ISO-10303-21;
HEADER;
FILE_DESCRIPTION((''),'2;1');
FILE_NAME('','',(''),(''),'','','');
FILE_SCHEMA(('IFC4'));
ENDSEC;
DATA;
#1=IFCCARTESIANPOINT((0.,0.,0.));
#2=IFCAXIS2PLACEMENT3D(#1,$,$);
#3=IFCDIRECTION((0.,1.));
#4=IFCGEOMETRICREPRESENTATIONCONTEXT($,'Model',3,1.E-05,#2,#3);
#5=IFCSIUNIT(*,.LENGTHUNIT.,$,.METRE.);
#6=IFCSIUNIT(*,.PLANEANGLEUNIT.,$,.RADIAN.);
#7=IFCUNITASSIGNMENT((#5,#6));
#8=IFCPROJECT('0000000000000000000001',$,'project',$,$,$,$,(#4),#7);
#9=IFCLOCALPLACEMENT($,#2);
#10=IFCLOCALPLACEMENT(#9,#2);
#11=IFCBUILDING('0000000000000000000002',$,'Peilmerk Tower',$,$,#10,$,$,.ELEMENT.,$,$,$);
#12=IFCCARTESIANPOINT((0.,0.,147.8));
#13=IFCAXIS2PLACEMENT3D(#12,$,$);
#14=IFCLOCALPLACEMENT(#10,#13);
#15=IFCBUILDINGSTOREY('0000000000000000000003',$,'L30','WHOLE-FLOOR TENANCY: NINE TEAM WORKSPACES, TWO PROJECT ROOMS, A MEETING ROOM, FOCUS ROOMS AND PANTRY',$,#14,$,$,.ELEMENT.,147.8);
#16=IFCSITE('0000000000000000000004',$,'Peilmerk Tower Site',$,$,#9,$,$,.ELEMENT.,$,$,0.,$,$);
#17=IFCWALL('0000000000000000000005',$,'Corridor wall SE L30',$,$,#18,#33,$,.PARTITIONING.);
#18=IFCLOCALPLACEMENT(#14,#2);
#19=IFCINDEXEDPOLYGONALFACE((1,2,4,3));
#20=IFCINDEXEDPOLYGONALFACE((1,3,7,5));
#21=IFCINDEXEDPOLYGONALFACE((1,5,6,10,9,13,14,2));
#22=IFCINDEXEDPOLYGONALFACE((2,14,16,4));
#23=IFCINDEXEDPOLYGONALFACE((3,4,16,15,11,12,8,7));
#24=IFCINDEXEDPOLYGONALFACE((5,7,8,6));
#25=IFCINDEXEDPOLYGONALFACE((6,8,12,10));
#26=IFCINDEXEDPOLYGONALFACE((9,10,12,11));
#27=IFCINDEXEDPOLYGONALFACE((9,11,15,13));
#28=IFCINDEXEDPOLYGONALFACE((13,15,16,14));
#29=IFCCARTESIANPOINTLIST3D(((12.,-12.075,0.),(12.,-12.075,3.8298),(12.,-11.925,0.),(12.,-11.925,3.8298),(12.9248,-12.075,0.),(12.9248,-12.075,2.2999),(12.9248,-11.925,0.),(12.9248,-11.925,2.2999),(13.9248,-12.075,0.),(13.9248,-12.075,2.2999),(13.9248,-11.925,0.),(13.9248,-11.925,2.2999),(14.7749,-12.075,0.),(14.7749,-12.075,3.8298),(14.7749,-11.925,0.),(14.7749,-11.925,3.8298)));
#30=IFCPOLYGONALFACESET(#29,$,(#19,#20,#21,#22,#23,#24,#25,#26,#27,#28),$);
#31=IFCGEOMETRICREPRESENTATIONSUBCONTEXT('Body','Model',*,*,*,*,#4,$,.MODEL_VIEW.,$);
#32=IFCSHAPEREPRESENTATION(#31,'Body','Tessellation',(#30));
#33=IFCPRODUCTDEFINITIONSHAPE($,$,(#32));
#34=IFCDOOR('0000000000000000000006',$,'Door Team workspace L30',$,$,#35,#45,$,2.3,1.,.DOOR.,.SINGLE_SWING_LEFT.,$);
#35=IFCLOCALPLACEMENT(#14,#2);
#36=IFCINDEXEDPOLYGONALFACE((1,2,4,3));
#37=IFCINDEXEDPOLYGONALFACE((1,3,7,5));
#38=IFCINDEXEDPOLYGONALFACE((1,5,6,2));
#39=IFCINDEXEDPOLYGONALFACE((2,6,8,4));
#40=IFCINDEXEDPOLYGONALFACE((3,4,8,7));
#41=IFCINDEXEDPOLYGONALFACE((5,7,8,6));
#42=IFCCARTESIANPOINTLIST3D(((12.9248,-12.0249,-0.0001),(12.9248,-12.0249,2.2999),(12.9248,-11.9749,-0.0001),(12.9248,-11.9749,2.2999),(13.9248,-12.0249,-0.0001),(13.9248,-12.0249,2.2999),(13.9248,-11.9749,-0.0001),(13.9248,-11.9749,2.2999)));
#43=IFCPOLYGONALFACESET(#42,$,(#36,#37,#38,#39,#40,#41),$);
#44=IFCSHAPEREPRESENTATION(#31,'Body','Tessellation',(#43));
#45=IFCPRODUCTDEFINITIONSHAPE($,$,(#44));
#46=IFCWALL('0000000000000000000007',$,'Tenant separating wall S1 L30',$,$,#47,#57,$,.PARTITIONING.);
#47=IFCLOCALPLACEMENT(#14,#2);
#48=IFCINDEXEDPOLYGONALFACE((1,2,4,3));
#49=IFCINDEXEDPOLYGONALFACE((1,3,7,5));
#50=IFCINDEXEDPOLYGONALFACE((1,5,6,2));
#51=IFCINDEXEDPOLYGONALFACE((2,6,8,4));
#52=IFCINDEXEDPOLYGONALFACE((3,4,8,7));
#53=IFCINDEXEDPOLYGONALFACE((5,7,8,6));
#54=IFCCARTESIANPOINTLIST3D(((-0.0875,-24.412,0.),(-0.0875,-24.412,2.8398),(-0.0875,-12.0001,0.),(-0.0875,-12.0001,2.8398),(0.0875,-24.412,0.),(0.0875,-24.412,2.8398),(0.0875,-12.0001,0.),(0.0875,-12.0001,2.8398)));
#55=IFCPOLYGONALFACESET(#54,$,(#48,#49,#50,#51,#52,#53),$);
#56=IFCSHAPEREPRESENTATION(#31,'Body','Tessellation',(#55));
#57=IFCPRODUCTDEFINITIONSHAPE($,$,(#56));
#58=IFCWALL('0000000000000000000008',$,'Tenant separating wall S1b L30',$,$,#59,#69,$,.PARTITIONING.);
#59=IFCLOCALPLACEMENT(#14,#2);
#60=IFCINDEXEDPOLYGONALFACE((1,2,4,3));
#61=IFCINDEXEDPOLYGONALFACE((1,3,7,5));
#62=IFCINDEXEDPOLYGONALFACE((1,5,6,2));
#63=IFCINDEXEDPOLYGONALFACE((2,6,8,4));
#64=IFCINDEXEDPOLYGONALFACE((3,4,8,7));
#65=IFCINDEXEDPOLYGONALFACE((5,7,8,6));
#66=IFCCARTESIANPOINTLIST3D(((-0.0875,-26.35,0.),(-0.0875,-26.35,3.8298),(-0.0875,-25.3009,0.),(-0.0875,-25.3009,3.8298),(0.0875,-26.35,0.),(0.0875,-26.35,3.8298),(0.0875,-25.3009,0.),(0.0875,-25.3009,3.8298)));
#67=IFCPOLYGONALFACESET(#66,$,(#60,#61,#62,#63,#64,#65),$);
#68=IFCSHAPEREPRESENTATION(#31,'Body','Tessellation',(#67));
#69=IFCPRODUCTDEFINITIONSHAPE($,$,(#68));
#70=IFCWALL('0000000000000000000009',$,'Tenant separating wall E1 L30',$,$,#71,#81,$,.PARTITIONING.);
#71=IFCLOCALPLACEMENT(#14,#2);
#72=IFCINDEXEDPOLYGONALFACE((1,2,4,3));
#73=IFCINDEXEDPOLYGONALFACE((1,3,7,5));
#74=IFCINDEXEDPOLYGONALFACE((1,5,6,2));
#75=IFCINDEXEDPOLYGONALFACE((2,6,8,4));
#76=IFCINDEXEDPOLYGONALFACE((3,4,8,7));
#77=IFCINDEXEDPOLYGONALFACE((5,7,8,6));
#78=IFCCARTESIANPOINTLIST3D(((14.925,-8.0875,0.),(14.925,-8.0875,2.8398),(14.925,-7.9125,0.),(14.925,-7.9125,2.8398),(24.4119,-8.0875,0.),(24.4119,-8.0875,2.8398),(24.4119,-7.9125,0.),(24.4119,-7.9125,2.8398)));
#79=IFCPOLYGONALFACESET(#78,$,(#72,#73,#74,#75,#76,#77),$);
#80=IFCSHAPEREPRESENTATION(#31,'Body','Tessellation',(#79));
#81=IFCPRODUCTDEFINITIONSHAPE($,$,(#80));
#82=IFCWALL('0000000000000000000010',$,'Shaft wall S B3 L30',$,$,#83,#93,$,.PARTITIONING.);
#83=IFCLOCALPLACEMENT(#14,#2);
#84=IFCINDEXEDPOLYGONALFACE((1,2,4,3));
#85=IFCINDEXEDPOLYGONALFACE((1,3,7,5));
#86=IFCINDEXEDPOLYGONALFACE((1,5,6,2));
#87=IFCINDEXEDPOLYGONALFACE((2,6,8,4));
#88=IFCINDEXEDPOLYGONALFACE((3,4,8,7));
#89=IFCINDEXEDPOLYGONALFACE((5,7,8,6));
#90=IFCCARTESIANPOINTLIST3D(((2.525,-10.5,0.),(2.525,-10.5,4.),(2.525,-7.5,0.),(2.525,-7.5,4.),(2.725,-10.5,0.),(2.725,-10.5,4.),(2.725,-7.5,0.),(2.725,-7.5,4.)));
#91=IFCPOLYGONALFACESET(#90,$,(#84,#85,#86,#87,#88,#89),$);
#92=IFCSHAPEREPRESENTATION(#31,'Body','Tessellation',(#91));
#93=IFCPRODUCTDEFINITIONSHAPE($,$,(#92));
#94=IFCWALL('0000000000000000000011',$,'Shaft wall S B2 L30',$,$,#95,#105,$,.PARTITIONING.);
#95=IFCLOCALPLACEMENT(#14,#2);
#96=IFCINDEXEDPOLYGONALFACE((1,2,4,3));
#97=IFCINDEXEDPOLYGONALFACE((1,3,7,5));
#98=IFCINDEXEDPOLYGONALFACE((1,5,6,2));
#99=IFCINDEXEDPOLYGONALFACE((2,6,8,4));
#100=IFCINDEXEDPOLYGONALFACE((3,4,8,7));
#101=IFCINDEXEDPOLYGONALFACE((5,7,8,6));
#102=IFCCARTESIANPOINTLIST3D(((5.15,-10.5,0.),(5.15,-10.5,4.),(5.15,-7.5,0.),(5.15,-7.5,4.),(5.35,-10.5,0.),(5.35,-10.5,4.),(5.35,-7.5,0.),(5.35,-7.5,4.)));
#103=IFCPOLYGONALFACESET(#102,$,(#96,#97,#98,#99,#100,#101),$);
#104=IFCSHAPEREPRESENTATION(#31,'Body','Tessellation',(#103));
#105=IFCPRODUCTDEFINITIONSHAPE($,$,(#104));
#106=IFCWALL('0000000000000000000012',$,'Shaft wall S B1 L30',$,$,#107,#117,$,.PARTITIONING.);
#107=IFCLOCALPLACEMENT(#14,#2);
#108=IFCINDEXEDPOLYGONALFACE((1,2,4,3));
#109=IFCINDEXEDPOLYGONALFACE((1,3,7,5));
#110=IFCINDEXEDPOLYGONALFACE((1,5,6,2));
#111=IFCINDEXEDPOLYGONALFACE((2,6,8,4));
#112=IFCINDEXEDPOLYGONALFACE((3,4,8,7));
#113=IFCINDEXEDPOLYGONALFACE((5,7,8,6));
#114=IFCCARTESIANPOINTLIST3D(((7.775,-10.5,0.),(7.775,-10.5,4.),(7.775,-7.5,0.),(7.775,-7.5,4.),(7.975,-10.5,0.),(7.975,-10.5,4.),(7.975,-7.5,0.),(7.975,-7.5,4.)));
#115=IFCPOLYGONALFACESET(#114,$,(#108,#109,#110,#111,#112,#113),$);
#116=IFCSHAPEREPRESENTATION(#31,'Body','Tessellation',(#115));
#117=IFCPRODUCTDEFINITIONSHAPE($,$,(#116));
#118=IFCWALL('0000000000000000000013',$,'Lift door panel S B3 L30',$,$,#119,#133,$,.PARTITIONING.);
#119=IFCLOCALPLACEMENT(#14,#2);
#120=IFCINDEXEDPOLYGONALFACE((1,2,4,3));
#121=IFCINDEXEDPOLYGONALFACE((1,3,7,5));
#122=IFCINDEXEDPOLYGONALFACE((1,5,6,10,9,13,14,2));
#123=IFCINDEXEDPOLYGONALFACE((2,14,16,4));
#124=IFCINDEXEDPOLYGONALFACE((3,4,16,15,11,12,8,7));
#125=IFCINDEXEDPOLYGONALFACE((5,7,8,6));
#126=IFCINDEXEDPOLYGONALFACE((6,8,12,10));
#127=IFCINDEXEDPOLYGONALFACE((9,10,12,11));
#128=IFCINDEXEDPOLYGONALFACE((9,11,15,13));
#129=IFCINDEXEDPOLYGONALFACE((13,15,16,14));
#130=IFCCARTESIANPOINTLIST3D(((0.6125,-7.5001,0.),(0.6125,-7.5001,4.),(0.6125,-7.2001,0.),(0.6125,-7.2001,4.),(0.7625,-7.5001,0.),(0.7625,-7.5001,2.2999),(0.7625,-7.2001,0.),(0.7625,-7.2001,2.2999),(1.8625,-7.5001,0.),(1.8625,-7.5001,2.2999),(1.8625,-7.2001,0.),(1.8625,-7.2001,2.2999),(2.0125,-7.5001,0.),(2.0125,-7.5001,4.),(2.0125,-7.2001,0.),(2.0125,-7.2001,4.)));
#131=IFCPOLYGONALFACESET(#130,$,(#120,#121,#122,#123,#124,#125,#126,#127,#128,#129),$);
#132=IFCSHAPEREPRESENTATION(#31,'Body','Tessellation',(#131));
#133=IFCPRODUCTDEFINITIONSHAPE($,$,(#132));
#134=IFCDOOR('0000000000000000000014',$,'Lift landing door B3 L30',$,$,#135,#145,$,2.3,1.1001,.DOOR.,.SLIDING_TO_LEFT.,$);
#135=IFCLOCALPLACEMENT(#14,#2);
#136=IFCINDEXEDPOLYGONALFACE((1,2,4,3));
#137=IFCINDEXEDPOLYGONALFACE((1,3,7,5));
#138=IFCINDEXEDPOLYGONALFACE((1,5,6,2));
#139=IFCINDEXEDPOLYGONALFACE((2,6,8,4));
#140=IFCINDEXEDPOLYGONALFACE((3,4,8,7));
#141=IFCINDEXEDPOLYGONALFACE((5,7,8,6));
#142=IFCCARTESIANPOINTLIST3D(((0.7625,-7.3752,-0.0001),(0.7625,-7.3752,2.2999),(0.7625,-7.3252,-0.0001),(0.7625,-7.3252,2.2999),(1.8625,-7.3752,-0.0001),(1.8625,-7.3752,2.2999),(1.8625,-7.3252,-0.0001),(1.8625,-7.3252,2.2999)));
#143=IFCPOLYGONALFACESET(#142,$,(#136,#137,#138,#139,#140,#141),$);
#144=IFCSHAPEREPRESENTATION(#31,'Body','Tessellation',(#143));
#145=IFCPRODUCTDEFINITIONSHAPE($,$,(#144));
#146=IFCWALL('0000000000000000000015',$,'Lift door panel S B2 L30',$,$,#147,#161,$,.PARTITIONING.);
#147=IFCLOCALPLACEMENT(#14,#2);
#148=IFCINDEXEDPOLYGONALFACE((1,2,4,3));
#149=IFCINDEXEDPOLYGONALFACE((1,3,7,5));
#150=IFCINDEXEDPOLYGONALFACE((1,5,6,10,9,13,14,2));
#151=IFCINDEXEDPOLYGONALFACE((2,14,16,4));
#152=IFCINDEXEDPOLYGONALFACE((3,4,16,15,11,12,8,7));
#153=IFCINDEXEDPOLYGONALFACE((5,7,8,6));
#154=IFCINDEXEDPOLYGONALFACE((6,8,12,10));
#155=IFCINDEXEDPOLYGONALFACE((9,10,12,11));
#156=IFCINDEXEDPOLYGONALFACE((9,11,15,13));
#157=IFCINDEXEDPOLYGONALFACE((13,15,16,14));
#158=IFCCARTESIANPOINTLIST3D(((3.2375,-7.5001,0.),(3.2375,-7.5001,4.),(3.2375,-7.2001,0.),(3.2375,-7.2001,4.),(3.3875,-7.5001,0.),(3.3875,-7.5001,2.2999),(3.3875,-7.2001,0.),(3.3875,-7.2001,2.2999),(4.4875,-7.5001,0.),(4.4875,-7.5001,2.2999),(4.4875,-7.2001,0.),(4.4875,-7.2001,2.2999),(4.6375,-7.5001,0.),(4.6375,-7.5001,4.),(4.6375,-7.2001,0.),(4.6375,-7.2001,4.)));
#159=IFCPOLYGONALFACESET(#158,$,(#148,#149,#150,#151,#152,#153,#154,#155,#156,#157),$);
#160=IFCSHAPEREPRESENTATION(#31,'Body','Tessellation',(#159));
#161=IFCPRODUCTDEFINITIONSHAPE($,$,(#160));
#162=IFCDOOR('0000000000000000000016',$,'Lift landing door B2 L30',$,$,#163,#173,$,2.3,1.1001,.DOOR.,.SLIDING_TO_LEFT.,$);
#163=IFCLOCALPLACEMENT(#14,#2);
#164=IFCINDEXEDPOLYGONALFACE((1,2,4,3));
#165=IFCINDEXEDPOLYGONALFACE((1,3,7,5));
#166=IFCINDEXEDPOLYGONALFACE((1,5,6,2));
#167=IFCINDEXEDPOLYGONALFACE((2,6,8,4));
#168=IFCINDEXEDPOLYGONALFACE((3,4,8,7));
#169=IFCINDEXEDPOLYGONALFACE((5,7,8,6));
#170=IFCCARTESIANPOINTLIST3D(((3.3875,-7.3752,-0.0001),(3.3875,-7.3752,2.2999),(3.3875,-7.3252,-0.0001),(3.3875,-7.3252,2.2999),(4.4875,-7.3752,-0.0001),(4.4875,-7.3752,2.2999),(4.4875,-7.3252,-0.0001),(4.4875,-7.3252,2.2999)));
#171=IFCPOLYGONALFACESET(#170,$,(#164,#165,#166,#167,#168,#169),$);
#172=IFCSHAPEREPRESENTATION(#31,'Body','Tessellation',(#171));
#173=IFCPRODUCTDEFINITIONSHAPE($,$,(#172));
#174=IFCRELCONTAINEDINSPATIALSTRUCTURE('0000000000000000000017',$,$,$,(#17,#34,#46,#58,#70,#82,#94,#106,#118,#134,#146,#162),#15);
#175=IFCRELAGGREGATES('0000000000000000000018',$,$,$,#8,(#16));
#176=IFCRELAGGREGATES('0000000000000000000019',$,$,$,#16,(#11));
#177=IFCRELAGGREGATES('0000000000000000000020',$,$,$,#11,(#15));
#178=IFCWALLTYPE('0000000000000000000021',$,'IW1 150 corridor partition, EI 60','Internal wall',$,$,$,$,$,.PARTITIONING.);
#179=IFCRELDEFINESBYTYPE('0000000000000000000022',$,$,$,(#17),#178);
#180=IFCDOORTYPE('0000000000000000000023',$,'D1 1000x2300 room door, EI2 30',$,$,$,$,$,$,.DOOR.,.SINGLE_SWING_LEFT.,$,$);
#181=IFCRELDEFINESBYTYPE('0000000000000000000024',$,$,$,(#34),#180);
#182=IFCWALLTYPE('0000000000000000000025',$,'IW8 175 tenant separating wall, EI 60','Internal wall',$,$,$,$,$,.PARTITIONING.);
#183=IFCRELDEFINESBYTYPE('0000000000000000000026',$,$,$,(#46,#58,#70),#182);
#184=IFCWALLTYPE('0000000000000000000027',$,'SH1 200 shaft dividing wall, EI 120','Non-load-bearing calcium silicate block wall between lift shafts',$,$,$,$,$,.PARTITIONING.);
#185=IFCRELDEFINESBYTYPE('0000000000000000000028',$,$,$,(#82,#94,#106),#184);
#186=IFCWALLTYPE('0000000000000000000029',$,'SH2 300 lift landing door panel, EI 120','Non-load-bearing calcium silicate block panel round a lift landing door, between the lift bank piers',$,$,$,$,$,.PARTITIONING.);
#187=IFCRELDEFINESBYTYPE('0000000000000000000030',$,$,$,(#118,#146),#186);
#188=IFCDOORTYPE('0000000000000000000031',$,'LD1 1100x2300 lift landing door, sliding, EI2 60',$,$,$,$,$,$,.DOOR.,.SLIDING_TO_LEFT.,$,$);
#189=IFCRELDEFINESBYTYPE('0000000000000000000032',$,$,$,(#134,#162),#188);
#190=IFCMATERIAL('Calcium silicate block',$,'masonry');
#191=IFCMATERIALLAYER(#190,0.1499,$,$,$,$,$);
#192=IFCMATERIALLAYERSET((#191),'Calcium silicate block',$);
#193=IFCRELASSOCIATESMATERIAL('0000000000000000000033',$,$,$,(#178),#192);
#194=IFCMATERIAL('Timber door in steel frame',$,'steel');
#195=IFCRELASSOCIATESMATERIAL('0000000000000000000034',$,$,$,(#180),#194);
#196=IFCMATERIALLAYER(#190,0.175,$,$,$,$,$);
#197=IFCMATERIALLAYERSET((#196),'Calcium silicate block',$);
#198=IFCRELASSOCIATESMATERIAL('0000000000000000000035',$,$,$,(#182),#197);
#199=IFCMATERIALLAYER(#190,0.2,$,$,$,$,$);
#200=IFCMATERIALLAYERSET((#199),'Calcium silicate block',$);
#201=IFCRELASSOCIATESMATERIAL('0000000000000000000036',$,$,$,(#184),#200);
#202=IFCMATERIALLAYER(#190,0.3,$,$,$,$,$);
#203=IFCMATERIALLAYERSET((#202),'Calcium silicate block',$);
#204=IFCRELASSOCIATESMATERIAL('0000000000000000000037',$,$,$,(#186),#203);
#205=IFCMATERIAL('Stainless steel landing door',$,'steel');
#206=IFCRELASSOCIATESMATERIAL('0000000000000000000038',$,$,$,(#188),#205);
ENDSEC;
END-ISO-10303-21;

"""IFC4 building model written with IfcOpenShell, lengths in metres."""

from ifc_helpers import new_model, si_unit, direction, frame, frame_2d, origin, place, context, subcontext, project, spatial, rectangle, extrude, material, layer, layer_set, type_object, element, fill, save


model = new_model("IFC4")

# Units and contexts
model_context = context("Model", 3, precision=1e-05, world=origin(), true_north=direction((0.0, 1.0)))
body_context = subcontext(model_context, "Body", "Model", "MODEL_VIEW")
ifc_project = project(units=[si_unit("LENGTHUNIT", "METRE"), si_unit("PLANEANGLEUNIT", "RADIAN")], contexts=[model_context])

# Site, building, storey
site_placement = place(None, origin())
site = spatial("IfcSite", under=ifc_project, at=site_placement, Name="Peilmerk Tower Site", CompositionType="ELEMENT", RefElevation=0.0)
building_placement = place(site_placement, origin())
building = spatial("IfcBuilding", under=site, at=building_placement, Name="Peilmerk Tower", CompositionType="ELEMENT")
storey_placement = place(building_placement, frame((0.0, 0.0, 147.8)))
storey = spatial("IfcBuildingStorey", under=building, at=storey_placement, Name="L30", Description="WHOLE-FLOOR TENANCY: NINE TEAM WORKSPACES, TWO PROJECT ROOMS, A MEETING ROOM, FOCUS ROOMS AND PANTRY", CompositionType="ELEMENT", Elevation=147.8)

# Shared definitions
ifc_material_1 = material(Name="Calcium silicate block", Category="masonry")
ifc_layer_1 = layer(ifc_material_1, 0.1499)
ifc_layer_set_1 = layer_set([ifc_layer_1], Name="Calcium silicate block")
wall_type_1 = type_object("IfcWallType", Name="IW1 150 corridor partition, EI 60", Description="Internal wall", PredefinedType="PARTITIONING", material=ifc_layer_set_1)
ifc_material_2 = material(Name="Timber door in steel frame", Category="steel")
door_type_1 = type_object("IfcDoorType", Name="D1 1000x2300 room door, EI2 30", OperationType="SINGLE_SWING_LEFT", PredefinedType="DOOR", material=ifc_material_2)

# Wall, opening, door
wall_1_placement = place(storey_placement, frame((14.7749, -12.0, 0.0), z_axis=(0.0, 0.0, 1.0), x_axis=(-1.0, 0.0, 0.0)))
wall_1 = element("IfcWall", 1, at=wall_1_placement, inside=storey, type_object=wall_type_1, Name="Corridor wall SE L30", PredefinedType="PARTITIONING", context=body_context, shape_type="SweptSolid", body=[
    extrude(rectangle(XDim=2.7749, YDim=0.1499, at=frame_2d((1.3875, 0.0))), origin(), (0.0, 0.0, 1.0), 3.8298),
])
opening_1_placement = place(wall_1_placement, frame((0.8501, 0.0, 0.0)))
opening_1 = element("IfcOpeningElement", 2, at=opening_1_placement, cuts=wall_1, PredefinedType="OPENING", context=body_context, shape_type="SweptSolid", body=[
    extrude(rectangle(XDim=1.0, YDim=2.3, at=frame_2d((0.5, 1.1499))), frame((0.0, 0.085, 0.0), z_axis=(0.0, -1.0, 0.0), x_axis=(1.0, 0.0, 0.0)), (0.0, 0.0, 1.0), 0.1699),
])
door_1_placement = place(opening_1_placement, origin())
door_1 = element("IfcDoor", 3, at=door_1_placement, inside=storey, type_object=door_type_1, Name="Door Team workspace L30", OperationType="SINGLE_SWING_LEFT", OverallHeight=2.3, OverallWidth=1.0, PredefinedType="DOOR", context=body_context, shape_type="SweptSolid", body=[
    extrude(rectangle(XDim=1.0, YDim=2.3, at=frame_2d((0.5, 1.1499))), frame((0.0, 0.0249, 0.0), z_axis=(0.0, -1.0, 0.0), x_axis=(1.0, 0.0, 0.0)), (0.0, 0.0, 1.0), 0.05),
])
fill(opening_1, door_1)

# Walls
ifc_layer_2 = layer(ifc_material_1, 0.175)
ifc_layer_set_2 = layer_set([ifc_layer_2], Name="Calcium silicate block")
wall_type_2 = type_object("IfcWallType", Name="IW8 175 tenant separating wall, EI 60", Description="Internal wall", PredefinedType="PARTITIONING", material=ifc_layer_set_2)
wall_2_placement = place(storey_placement, frame((0.0, -12.0, 0.0), z_axis=(0.0, 0.0, 1.0), x_axis=(0.0, -1.0, 0.0)))
element("IfcWall", 4, at=wall_2_placement, inside=storey, type_object=wall_type_2, Name="Tenant separating wall S1 L30", PredefinedType="PARTITIONING", context=body_context, shape_type="SweptSolid", body=[
    extrude(rectangle(XDim=12.4119, YDim=0.175, at=frame_2d((6.2061, 0.0))), origin(), (0.0, 0.0, 1.0), 2.8398),
])
wall_3_placement = place(storey_placement, frame((0.0, -25.301, 0.0), z_axis=(0.0, 0.0, 1.0), x_axis=(0.0, -1.0, 0.0)))
element("IfcWall", 5, at=wall_3_placement, inside=storey, type_object=wall_type_2, Name="Tenant separating wall S1b L30", PredefinedType="PARTITIONING", context=body_context, shape_type="SweptSolid", body=[
    extrude(rectangle(XDim=1.0491, YDim=0.175, at=frame_2d((0.5244, 0.0))), origin(), (0.0, 0.0, 1.0), 3.8298),
])
wall_4_placement = place(storey_placement, frame((14.925, -8.0, 0.0), z_axis=(0.0, 0.0, 1.0), x_axis=(1.0, 0.0, 0.0)))
element("IfcWall", 6, at=wall_4_placement, inside=storey, type_object=wall_type_2, Name="Tenant separating wall E1 L30", PredefinedType="PARTITIONING", context=body_context, shape_type="SweptSolid", body=[
    extrude(rectangle(XDim=9.4868, YDim=0.175, at=frame_2d((4.7434, 0.0))), origin(), (0.0, 0.0, 1.0), 2.8398),
])
ifc_layer_3 = layer(ifc_material_1, 0.2)
ifc_layer_set_3 = layer_set([ifc_layer_3], Name="Calcium silicate block")
wall_type_3 = type_object("IfcWallType", Name="SH1 200 shaft dividing wall, EI 120", Description="Non-load-bearing calcium silicate block wall between lift shafts", PredefinedType="PARTITIONING", material=ifc_layer_set_3)
for number, where, z_axis, x_axis, name in (
    (7, (2.625, -10.5, 0.0), (0.0, 0.0, 1.0), (0.0, 1.0, 0.0), "Shaft wall S B3 L30"),
    (8, (5.25, -10.5, 0.0), (0.0, 0.0, 1.0), (0.0, 1.0, 0.0), "Shaft wall S B2 L30"),
    (9, (7.875, -10.5, 0.0), (0.0, 0.0, 1.0), (0.0, 1.0, 0.0), "Shaft wall S B1 L30"),
):
    element("IfcWall", number, at=place(storey_placement, frame(where, z_axis=z_axis, x_axis=x_axis)), inside=storey, type_object=wall_type_3, Name=name, PredefinedType="PARTITIONING", context=body_context, shape_type="SweptSolid", body=[
        extrude(rectangle(XDim=3.0, YDim=0.2, at=frame_2d((1.5, 0.0))), origin(), (0.0, 0.0, 1.0), 4.0),
    ])

# Walls, openings, doors
ifc_layer_4 = layer(ifc_material_1, 0.3)
ifc_layer_set_4 = layer_set([ifc_layer_4], Name="Calcium silicate block")
wall_type_4 = type_object("IfcWallType", Name="SH2 300 lift landing door panel, EI 120", Description="Non-load-bearing calcium silicate block panel round a lift landing door, between the lift bank piers", PredefinedType="PARTITIONING", material=ifc_layer_set_4)
wall_5_placement = place(storey_placement, frame((0.6125, -7.3501, 0.0), z_axis=(0.0, 0.0, 1.0), x_axis=(1.0, 0.0, 0.0)))
wall_5 = element("IfcWall", 10, at=wall_5_placement, inside=storey, type_object=wall_type_4, Name="Lift door panel S B3 L30", PredefinedType="PARTITIONING", context=body_context, shape_type="SweptSolid", body=[
    extrude(rectangle(XDim=1.3999, YDim=0.3, at=frame_2d((0.7, 0.0))), origin(), (0.0, 0.0, 1.0), 4.0),
])
opening_2_placement = place(wall_5_placement, frame((0.1499, 0.0, 0.0)))
opening_2 = element("IfcOpeningElement", 11, at=opening_2_placement, cuts=wall_5, PredefinedType="OPENING", context=body_context, shape_type="SweptSolid", body=[
    extrude(rectangle(XDim=1.1001, YDim=2.3, at=frame_2d((0.55, 1.1499))), frame((0.0, 0.1599, 0.0), z_axis=(0.0, -1.0, 0.0), x_axis=(1.0, 0.0, 0.0)), (0.0, 0.0, 1.0), 0.3201),
])
ifc_material_3 = material(Name="Stainless steel landing door", Category="steel")
door_type_2 = type_object("IfcDoorType", Name="LD1 1100x2300 lift landing door, sliding, EI2 60", OperationType="SLIDING_TO_LEFT", PredefinedType="DOOR", material=ifc_material_3)
door_2_placement = place(opening_2_placement, origin())
door_2 = element("IfcDoor", 12, at=door_2_placement, inside=storey, type_object=door_type_2, Name="Lift landing door B3 L30", OperationType="SLIDING_TO_LEFT", OverallHeight=2.3, OverallWidth=1.1001, PredefinedType="DOOR", context=body_context, shape_type="SweptSolid", body=[
    extrude(rectangle(XDim=1.1001, YDim=2.3, at=frame_2d((0.55, 1.1499))), frame((0.0, 0.0249, 0.0), z_axis=(0.0, -1.0, 0.0), x_axis=(1.0, 0.0, 0.0)), (0.0, 0.0, 1.0), 0.05),
])
fill(opening_2, door_2)
wall_6_placement = place(storey_placement, frame((3.2375, -7.3501, 0.0), z_axis=(0.0, 0.0, 1.0), x_axis=(1.0, 0.0, 0.0)))
wall_6 = element("IfcWall", 13, at=wall_6_placement, inside=storey, type_object=wall_type_4, Name="Lift door panel S B2 L30", PredefinedType="PARTITIONING", context=body_context, shape_type="SweptSolid", body=[
    extrude(rectangle(XDim=1.3999, YDim=0.3, at=frame_2d((0.7, 0.0))), origin(), (0.0, 0.0, 1.0), 4.0),
])
opening_3_placement = place(wall_6_placement, frame((0.1499, 0.0, 0.0)))
opening_3 = element("IfcOpeningElement", 14, at=opening_3_placement, cuts=wall_6, PredefinedType="OPENING", context=body_context, shape_type="SweptSolid", body=[
    extrude(rectangle(XDim=1.1001, YDim=2.3, at=frame_2d((0.55, 1.1499))), frame((0.0, 0.1599, 0.0), z_axis=(0.0, -1.0, 0.0), x_axis=(1.0, 0.0, 0.0)), (0.0, 0.0, 1.0), 0.3201),
])
door_3_placement = place(opening_3_placement, origin())
door_3 = element("IfcDoor", 15, at=door_3_placement, inside=storey, type_object=door_type_2, Name="Lift landing door B2 L30", OperationType="SLIDING_TO_LEFT", OverallHeight=2.3, OverallWidth=1.1001, PredefinedType="DOOR", context=body_context, shape_type="SweptSolid", body=[
    extrude(rectangle(XDim=1.1001, YDim=2.3, at=frame_2d((0.55, 1.1499))), frame((0.0, 0.0249, 0.0), z_axis=(0.0, -1.0, 0.0), x_axis=(1.0, 0.0, 0.0)), (0.0, 0.0, 1.0), 0.05),
])
fill(opening_3, door_3)

save(model, "model.ifc")
